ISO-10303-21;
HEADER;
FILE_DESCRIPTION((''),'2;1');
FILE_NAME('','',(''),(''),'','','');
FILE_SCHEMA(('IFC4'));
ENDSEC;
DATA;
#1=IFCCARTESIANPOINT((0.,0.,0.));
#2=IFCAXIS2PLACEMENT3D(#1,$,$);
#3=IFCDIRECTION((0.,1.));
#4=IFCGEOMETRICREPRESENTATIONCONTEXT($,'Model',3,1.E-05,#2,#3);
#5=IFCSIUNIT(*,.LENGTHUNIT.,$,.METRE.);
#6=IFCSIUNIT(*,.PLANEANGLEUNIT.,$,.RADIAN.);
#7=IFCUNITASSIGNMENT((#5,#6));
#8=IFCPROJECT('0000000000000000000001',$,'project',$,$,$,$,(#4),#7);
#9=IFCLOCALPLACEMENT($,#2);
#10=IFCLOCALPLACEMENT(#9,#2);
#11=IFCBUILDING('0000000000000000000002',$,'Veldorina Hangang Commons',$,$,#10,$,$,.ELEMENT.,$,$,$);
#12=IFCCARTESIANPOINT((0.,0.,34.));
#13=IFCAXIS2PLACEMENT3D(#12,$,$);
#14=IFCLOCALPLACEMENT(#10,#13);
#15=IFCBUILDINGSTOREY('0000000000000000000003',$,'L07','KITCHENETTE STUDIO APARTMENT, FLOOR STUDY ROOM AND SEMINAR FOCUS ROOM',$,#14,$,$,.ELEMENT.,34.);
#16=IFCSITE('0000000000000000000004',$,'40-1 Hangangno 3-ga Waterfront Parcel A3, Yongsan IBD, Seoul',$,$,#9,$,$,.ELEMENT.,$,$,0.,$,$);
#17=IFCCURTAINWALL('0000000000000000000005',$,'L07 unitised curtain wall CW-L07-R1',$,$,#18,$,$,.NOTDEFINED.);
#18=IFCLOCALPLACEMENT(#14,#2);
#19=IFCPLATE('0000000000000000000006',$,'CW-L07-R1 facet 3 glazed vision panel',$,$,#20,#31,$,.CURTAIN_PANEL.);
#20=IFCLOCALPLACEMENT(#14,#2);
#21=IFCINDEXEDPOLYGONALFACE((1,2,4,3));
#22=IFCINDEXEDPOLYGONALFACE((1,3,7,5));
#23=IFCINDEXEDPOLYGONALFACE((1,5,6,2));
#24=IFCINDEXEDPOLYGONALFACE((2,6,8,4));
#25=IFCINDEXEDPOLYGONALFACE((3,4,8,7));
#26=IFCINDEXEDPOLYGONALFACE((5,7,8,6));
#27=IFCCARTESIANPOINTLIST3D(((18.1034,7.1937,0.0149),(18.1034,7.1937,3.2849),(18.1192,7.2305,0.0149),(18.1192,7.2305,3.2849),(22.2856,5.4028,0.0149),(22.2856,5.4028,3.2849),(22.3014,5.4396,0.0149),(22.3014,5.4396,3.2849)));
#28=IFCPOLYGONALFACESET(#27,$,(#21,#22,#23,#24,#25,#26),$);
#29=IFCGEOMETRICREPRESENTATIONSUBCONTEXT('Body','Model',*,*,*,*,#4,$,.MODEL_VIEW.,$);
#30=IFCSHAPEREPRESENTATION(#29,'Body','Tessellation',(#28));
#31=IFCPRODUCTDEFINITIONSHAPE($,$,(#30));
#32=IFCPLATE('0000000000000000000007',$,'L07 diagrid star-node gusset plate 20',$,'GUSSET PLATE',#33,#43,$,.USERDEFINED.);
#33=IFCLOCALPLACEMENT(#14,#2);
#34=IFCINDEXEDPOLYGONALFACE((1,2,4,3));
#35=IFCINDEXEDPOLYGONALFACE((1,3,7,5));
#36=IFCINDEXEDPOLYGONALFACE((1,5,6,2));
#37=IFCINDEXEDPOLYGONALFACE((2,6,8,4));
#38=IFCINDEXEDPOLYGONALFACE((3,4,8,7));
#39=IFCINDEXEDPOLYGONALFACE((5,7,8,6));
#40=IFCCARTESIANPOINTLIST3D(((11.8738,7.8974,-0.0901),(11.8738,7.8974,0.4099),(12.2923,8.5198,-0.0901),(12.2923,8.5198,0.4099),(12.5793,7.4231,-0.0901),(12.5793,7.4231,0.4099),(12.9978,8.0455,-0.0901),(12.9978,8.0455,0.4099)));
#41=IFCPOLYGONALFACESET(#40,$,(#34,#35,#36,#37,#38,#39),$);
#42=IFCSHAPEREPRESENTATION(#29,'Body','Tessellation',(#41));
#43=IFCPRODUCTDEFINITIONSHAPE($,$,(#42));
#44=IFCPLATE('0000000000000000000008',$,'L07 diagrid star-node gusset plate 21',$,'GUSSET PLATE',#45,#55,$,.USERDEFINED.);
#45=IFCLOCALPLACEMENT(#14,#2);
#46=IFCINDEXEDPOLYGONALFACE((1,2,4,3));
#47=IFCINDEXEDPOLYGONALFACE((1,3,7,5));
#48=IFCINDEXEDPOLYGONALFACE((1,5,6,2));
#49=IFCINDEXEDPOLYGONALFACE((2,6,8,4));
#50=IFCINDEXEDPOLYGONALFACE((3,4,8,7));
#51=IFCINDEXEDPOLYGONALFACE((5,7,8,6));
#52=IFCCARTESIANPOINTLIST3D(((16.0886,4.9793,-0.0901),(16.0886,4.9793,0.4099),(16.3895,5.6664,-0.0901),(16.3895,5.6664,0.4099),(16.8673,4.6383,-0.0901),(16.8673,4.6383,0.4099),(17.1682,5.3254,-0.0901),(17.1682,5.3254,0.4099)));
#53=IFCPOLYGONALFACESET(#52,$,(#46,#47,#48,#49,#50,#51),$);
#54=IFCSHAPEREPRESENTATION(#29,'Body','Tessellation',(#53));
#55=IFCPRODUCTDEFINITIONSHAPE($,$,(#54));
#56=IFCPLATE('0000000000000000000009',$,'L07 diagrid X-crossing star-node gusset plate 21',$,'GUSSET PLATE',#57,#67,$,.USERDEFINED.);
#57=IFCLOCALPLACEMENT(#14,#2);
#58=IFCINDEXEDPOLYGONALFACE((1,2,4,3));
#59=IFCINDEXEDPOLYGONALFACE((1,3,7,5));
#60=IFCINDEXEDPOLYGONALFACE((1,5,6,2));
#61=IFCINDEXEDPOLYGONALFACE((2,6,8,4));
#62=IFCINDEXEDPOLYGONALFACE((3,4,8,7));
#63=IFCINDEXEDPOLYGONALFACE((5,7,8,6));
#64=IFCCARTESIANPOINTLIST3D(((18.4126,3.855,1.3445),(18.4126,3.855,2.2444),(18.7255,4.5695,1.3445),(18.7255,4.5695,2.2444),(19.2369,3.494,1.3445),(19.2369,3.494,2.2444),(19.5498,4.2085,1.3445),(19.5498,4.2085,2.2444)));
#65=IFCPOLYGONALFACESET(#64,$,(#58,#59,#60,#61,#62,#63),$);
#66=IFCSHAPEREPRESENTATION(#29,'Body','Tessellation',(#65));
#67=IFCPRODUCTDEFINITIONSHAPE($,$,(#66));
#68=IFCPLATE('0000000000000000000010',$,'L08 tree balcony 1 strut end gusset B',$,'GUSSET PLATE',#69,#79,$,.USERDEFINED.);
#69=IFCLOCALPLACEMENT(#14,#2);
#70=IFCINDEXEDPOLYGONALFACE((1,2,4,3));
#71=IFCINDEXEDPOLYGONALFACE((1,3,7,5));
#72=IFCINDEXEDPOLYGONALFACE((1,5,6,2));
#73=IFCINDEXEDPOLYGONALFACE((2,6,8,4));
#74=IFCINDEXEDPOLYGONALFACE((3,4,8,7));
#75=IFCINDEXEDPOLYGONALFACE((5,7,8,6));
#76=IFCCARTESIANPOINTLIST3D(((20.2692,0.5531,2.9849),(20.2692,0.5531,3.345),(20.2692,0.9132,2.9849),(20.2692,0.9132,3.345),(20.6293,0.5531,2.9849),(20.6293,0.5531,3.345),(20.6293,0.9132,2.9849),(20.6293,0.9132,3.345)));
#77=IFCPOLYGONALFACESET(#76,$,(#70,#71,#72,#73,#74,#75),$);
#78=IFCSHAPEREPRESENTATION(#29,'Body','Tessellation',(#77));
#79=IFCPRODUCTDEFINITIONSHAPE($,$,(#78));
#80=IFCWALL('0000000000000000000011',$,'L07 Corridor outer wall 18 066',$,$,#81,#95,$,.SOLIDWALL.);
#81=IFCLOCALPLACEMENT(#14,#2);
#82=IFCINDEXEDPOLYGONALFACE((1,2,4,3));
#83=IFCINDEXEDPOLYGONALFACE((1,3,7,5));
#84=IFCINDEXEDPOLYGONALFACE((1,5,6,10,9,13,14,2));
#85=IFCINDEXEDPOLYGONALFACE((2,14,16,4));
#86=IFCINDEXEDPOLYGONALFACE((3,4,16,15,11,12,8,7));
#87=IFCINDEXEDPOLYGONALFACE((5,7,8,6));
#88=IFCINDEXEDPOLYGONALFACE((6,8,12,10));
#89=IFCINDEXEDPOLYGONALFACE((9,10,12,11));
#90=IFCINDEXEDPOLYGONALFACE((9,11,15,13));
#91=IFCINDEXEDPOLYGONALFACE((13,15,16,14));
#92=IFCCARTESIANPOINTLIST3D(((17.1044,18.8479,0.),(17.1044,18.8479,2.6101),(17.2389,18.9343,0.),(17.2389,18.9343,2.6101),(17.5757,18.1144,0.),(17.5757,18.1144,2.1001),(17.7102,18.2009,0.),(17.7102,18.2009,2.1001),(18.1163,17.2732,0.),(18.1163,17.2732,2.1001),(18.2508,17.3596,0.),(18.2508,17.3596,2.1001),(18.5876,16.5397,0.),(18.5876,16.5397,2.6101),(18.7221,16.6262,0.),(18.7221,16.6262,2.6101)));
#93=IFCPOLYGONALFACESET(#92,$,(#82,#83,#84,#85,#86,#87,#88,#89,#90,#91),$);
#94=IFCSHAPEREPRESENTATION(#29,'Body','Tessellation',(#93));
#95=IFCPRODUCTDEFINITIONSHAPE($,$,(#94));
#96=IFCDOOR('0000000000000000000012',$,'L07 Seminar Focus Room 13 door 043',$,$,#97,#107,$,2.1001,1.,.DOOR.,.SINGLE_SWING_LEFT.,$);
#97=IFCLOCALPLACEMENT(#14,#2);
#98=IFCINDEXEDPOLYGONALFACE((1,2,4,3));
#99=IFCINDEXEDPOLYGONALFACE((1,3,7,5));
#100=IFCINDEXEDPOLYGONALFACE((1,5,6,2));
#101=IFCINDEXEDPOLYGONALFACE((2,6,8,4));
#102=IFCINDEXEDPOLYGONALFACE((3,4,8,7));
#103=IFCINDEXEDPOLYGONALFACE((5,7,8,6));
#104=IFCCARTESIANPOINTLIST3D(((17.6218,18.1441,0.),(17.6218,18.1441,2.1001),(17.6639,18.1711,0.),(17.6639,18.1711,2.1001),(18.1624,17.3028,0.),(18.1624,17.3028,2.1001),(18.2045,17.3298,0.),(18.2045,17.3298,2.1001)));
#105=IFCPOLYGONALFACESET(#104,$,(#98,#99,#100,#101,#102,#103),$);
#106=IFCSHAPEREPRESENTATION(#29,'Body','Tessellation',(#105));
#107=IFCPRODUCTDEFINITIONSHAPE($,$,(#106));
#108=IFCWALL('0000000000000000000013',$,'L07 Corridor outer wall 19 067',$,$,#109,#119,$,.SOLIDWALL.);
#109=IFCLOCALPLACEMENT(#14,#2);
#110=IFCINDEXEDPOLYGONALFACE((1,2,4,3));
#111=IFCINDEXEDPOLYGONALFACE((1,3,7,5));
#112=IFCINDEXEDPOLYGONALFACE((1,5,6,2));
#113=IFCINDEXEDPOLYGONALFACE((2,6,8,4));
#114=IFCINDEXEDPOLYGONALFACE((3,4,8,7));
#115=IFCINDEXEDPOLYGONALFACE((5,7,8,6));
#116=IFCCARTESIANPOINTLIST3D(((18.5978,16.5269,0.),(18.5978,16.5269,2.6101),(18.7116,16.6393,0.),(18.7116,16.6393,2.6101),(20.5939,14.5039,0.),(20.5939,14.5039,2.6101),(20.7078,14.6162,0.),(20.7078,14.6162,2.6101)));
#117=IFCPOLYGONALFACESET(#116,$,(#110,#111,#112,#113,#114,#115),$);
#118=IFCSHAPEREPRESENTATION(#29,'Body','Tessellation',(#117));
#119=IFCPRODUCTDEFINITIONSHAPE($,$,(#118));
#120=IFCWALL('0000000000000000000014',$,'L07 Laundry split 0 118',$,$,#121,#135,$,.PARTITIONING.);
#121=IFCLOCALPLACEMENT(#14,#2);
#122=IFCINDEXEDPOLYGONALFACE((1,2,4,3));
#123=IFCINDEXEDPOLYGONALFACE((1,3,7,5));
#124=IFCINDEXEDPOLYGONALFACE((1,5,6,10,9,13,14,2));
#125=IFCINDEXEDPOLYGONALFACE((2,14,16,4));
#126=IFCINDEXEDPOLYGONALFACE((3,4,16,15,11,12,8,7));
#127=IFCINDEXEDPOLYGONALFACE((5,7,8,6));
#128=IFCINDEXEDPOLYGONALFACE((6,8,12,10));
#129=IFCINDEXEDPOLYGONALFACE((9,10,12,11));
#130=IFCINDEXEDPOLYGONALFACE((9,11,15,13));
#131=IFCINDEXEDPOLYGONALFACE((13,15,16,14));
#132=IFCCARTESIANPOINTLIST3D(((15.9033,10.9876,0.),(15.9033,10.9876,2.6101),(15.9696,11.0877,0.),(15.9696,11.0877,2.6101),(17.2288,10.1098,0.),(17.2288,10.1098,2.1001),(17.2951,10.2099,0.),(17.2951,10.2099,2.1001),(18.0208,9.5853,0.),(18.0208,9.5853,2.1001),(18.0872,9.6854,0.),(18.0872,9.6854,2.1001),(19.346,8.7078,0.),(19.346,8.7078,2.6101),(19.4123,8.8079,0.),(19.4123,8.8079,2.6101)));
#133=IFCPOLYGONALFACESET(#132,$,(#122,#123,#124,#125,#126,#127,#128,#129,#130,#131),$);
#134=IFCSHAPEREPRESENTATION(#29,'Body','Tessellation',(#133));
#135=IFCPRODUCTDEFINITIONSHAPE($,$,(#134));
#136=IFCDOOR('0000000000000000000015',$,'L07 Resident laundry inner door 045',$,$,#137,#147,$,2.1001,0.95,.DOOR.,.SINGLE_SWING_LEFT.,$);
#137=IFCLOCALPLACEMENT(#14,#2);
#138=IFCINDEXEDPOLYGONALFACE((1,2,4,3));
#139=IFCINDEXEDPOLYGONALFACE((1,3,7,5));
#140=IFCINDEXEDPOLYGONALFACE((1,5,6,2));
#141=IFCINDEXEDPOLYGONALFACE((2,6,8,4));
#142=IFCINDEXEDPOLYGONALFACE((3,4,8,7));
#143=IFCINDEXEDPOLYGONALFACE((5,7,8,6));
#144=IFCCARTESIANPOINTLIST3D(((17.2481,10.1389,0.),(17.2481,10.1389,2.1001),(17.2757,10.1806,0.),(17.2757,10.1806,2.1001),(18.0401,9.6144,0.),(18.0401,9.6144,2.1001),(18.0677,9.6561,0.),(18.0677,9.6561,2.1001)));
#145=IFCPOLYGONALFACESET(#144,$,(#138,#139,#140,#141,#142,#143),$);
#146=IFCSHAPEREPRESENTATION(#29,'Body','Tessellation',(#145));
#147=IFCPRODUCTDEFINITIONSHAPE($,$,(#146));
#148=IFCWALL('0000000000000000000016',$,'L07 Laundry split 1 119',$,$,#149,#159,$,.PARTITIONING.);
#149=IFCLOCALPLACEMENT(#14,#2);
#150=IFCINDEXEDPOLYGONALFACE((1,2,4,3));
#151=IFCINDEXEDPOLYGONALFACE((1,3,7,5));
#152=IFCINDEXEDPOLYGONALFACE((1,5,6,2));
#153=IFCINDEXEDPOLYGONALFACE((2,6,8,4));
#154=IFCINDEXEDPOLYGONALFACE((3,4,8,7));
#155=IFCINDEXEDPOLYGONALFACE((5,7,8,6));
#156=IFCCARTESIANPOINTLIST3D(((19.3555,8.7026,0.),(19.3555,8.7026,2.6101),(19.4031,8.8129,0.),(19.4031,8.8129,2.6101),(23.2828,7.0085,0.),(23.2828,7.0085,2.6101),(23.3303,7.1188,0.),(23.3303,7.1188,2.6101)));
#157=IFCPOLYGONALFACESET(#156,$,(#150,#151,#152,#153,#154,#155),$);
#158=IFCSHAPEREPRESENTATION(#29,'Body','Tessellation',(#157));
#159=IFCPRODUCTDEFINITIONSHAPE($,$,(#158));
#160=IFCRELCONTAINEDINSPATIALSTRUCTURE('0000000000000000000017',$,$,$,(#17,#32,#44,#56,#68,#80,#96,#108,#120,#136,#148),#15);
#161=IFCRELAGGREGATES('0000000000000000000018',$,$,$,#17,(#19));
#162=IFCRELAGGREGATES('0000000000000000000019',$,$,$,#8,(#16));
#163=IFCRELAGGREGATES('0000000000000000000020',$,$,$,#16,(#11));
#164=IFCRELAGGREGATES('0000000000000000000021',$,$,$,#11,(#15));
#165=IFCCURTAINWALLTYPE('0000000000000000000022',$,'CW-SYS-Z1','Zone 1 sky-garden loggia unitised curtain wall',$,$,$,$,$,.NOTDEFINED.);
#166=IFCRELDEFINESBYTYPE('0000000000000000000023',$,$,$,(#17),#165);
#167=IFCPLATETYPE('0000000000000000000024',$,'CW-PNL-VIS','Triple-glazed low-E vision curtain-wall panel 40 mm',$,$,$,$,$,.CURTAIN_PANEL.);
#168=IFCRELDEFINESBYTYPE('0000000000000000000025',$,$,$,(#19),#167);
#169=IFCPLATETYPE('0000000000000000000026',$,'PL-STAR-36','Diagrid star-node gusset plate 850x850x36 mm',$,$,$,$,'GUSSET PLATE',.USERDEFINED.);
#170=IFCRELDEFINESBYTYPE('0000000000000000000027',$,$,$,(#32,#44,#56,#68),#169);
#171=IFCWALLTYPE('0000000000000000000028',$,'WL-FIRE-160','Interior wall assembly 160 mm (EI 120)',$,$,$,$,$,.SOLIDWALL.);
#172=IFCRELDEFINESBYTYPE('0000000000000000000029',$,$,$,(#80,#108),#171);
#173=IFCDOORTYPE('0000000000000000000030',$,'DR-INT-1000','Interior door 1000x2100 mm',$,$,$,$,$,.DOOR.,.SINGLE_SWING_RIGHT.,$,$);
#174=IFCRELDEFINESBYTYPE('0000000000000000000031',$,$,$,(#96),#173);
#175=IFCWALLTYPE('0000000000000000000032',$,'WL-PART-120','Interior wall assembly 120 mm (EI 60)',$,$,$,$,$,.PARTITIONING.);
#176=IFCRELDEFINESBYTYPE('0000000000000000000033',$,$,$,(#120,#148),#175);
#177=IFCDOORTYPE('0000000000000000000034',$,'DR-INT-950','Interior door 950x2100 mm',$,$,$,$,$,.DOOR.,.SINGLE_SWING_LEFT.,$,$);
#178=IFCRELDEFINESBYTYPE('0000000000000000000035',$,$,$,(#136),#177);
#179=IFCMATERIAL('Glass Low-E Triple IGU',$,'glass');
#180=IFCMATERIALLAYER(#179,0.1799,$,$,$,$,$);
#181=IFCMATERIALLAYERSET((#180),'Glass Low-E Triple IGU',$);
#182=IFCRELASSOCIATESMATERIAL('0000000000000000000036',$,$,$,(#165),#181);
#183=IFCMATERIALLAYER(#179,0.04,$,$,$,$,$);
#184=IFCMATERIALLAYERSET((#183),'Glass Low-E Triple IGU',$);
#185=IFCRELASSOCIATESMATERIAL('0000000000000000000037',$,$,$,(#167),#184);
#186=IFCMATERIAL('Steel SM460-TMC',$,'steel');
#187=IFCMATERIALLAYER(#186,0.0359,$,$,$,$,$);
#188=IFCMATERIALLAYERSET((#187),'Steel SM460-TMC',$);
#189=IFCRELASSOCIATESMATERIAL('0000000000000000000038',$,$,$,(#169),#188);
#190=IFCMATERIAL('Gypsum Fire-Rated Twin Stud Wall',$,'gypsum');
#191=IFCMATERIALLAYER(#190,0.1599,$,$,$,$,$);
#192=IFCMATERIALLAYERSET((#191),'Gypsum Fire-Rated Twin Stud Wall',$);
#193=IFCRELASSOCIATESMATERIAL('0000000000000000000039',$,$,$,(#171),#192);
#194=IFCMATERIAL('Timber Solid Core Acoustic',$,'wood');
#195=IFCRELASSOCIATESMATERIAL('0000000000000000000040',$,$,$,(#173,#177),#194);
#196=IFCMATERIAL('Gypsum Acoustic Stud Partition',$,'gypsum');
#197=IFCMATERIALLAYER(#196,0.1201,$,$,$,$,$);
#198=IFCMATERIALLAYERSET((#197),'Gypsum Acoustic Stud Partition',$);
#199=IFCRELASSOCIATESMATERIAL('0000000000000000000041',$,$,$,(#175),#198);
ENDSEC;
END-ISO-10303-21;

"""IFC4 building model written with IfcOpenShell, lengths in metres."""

from ifc_helpers import new_model, si_unit, direction, frame, frame_2d, origin, origin_2d, place, context, subcontext, project, spatial, rectangle, extrude, material, layer, layer_set, type_object, element, fill, aggregate, save


model = new_model("IFC4")

# Units and contexts
model_context = context("Model", 3, precision=1e-05, world=origin(), true_north=direction((0.0, 1.0)))
body_context = subcontext(model_context, "Body", "Model", "MODEL_VIEW")
ifc_project = project(units=[si_unit("LENGTHUNIT", "METRE"), si_unit("PLANEANGLEUNIT", "RADIAN")], contexts=[model_context])

# Site, building, storey
site_placement = place(None, origin())
site = spatial("IfcSite", under=ifc_project, at=site_placement, Name="40-1 Hangangno 3-ga Waterfront Parcel A3, Yongsan IBD, Seoul", CompositionType="ELEMENT", RefElevation=0.0)
building_placement = place(site_placement, origin())
building = spatial("IfcBuilding", under=site, at=building_placement, Name="Veldorina Hangang Commons", CompositionType="ELEMENT")
storey_placement = place(building_placement, frame((0.0, 0.0, 34.0)))
storey = spatial("IfcBuildingStorey", under=building, at=storey_placement, Name="L07", Description="KITCHENETTE STUDIO APARTMENT, FLOOR STUDY ROOM AND SEMINAR FOCUS ROOM", CompositionType="ELEMENT", Elevation=34.0)

# Shared definitions
ifc_material_1 = material(Name="Steel SM460-TMC", Category="steel")

# Curtain wall
ifc_material_2 = material(Name="Glass Low-E Triple IGU", Category="glass")
ifc_layer_1 = layer(ifc_material_2, 0.1799)
ifc_layer_set_1 = layer_set([ifc_layer_1], Name="Glass Low-E Triple IGU")
curtain_wall_type = type_object("IfcCurtainWallType", Name="CW-SYS-Z1", Description="Zone 1 sky-garden loggia unitised curtain wall", PredefinedType="NOTDEFINED", material=ifc_layer_set_1)
curtain_wall_placement = place(storey_placement, origin())
curtain_wall = element("IfcCurtainWall", 1, at=curtain_wall_placement, inside=storey, type_object=curtain_wall_type, Name="L07 unitised curtain wall CW-L07-R1", PredefinedType="NOTDEFINED")

# Plate
ifc_layer_2 = layer(ifc_material_2, 0.04)
ifc_layer_set_2 = layer_set([ifc_layer_2], Name="Glass Low-E Triple IGU")
plate_type_1 = type_object("IfcPlateType", Name="CW-PNL-VIS", Description="Triple-glazed low-E vision curtain-wall panel 40 mm", PredefinedType="CURTAIN_PANEL", material=ifc_layer_set_2)
plate_1_placement = place(storey_placement, frame((20.2024, 6.3167, 0.0149), z_axis=(0.0, 0.0, 1.0), x_axis=(0.919259, -0.393653, 0.0)))
plate_1 = element("IfcPlate", 2, at=plate_1_placement, type_object=plate_type_1, Name="CW-L07-R1 facet 3 glazed vision panel", PredefinedType="CURTAIN_PANEL", context=body_context, shape_type="SweptSolid", body=[
    extrude(rectangle(XDim=4.5496, YDim=0.04, at=origin_2d()), origin(), (0.0, 0.0, 1.0), 3.27),
])
aggregate(curtain_wall, [plate_1])

# Plates
ifc_layer_3 = layer(ifc_material_1, 0.0359)
ifc_layer_set_3 = layer_set([ifc_layer_3], Name="Steel SM460-TMC")
plate_type_2 = type_object("IfcPlateType", Name="PL-STAR-36", Description="Diagrid star-node gusset plate 850x850x36 mm", ElementType="GUSSET PLATE", PredefinedType="USERDEFINED", material=ifc_layer_set_3)
for number, where, z_axis, x_axis, name in (
    (3, (12.4358, 7.9714, -0.0901), (0.0, 0.0, 1.0), (0.829857, -0.557977, 0.0), "L07 diagrid star-node gusset plate 20"),
    (4, (16.6284, 5.1523, -0.0901), (0.0, 0.0, 1.0), (0.91602, -0.401133, 0.0), "L07 diagrid star-node gusset plate 21"),
):
    element("IfcPlate", number, at=place(storey_placement, frame(where, z_axis=z_axis, x_axis=x_axis)), inside=storey, type_object=plate_type_2, Name=name, ObjectType="GUSSET PLATE", PredefinedType="USERDEFINED", context=body_context, shape_type="SweptSolid", body=[
        extrude(rectangle(XDim=0.8501, YDim=0.75, at=origin_2d()), origin(), (0.0, 0.0, 1.0), 0.5),
    ])
plate_2_placement = place(storey_placement, frame((18.9812, 4.0317, 1.3445), z_axis=(0.0, 0.0, 1.0), x_axis=(0.91602, -0.401133, 0.0)))
element("IfcPlate", 5, at=plate_2_placement, inside=storey, type_object=plate_type_2, Name="L07 diagrid X-crossing star-node gusset plate 21", ObjectType="GUSSET PLATE", PredefinedType="USERDEFINED", context=body_context, shape_type="SweptSolid", body=[
    extrude(rectangle(XDim=0.8999, YDim=0.78, at=origin_2d()), origin(), (0.0, 0.0, 1.0), 0.8999),
])
plate_3_placement = place(storey_placement, frame((20.4492, 0.7332, 2.9849), z_axis=(0.0, 0.0, 1.0), x_axis=(1.0, 0.0, 0.0)))
element("IfcPlate", 6, at=plate_3_placement, inside=storey, type_object=plate_type_2, Name="L08 tree balcony 1 strut end gusset B", ObjectType="GUSSET PLATE", PredefinedType="USERDEFINED", context=body_context, shape_type="SweptSolid", body=[
    extrude(rectangle(XDim=0.3601, YDim=0.3601, at=origin_2d()), origin(), (0.0, 0.0, 1.0), 0.3601),
])

# Wall, opening, door
ifc_material_3 = material(Name="Gypsum Fire-Rated Twin Stud Wall", Category="gypsum")
ifc_layer_4 = layer(ifc_material_3, 0.1599)
ifc_layer_set_4 = layer_set([ifc_layer_4], Name="Gypsum Fire-Rated Twin Stud Wall")
wall_type_1 = type_object("IfcWallType", Name="WL-FIRE-160", Description="Interior wall assembly 160 mm (EI 120)", PredefinedType="SOLIDWALL", material=ifc_layer_set_4)
wall_1_placement = place(storey_placement, frame((17.1716, 18.8911, 0.0), z_axis=(0.0, 0.0, 1.0), x_axis=(0.540596, -0.841283, 0.0)))
wall_1 = element("IfcWall", 7, at=wall_1_placement, inside=storey, type_object=wall_type_1, Name="L07 Corridor outer wall 18 066", PredefinedType="SOLIDWALL", context=body_context, shape_type="SweptSolid", body=[
    extrude(rectangle(XDim=2.7437, YDim=0.1599, at=frame_2d((1.3718, 0.0))), origin(), (0.0, 0.0, 1.0), 2.6101),
])
opening_1_placement = place(wall_1_placement, frame((0.8718, 0.0, 0.0)))
opening_1 = element("IfcOpeningElement", 8, at=opening_1_placement, cuts=wall_1, PredefinedType="OPENING", context=body_context, shape_type="SweptSolid", body=[
    extrude(rectangle(XDim=1.0, YDim=2.1001, at=frame_2d((0.5, 1.05))), frame((0.0, 0.0898, 0.0), z_axis=(0.0, -1.0, 0.0), x_axis=(1.0, 0.0, 0.0)), (0.0, 0.0, 1.0), 0.1799),
])
ifc_material_4 = material(Name="Timber Solid Core Acoustic", Category="wood")
door_type_1 = type_object("IfcDoorType", Name="DR-INT-1000", Description="Interior door 1000x2100 mm", OperationType="SINGLE_SWING_RIGHT", PredefinedType="DOOR", material=ifc_material_4)
door_1_placement = place(opening_1_placement, origin())
door_1 = element("IfcDoor", 9, at=door_1_placement, inside=storey, type_object=door_type_1, Name="L07 Seminar Focus Room 13 door 043", OperationType="SINGLE_SWING_LEFT", OverallHeight=2.1001, OverallWidth=1.0, PredefinedType="DOOR", context=body_context, shape_type="SweptSolid", body=[
    extrude(rectangle(XDim=1.0, YDim=2.1001, at=frame_2d((0.5, 1.05))), frame((0.0, 0.0249, 0.0), z_axis=(0.0, -1.0, 0.0), x_axis=(1.0, 0.0, 0.0)), (0.0, 0.0, 1.0), 0.05),
])
fill(opening_1, door_1)

# Wall
wall_2_placement = place(storey_placement, frame((18.6548, 16.583, 0.0), z_axis=(0.0, 0.0, 1.0), x_axis=(0.702366, -0.711816, 0.0)))
element("IfcWall", 10, at=wall_2_placement, inside=storey, type_object=wall_type_1, Name="L07 Corridor outer wall 19 067", PredefinedType="SOLIDWALL", context=body_context, shape_type="SweptSolid", body=[
    extrude(rectangle(XDim=2.842, YDim=0.1599, at=frame_2d((1.4209, 0.0))), origin(), (0.0, 0.0, 1.0), 2.6101),
])

# Wall, opening, door
ifc_material_5 = material(Name="Gypsum Acoustic Stud Partition", Category="gypsum")
ifc_layer_5 = layer(ifc_material_5, 0.1201)
ifc_layer_set_5 = layer_set([ifc_layer_5], Name="Gypsum Acoustic Stud Partition")
wall_type_2 = type_object("IfcWallType", Name="WL-PART-120", Description="Interior wall assembly 120 mm (EI 60)", PredefinedType="PARTITIONING", material=ifc_layer_set_5)
wall_3_placement = place(storey_placement, frame((15.9365, 11.0376, 0.0), z_axis=(0.0, 0.0, 1.0), x_axis=(0.833756, -0.552132, 0.0)))
wall_3 = element("IfcWall", 11, at=wall_3_placement, inside=storey, type_object=wall_type_2, Name="L07 Laundry split 0 118", PredefinedType="PARTITIONING", context=body_context, shape_type="SweptSolid", body=[
    extrude(rectangle(XDim=4.1292, YDim=0.1201, at=frame_2d((2.0645, 0.0))), origin(), (0.0, 0.0, 1.0), 2.6101),
])
opening_2_placement = place(wall_3_placement, frame((1.5896, 0.0, 0.0)))
opening_2 = element("IfcOpeningElement", 12, at=opening_2_placement, cuts=wall_3, PredefinedType="OPENING", context=body_context, shape_type="SweptSolid", body=[
    extrude(rectangle(XDim=0.95, YDim=2.1001, at=frame_2d((0.4751, 1.05))), frame((0.0, 0.0701, 0.0), z_axis=(0.0, -1.0, 0.0), x_axis=(1.0, 0.0, 0.0)), (0.0, 0.0, 1.0), 0.1401),
])
door_type_2 = type_object("IfcDoorType", Name="DR-INT-950", Description="Interior door 950x2100 mm", OperationType="SINGLE_SWING_LEFT", PredefinedType="DOOR", material=ifc_material_4)
door_2_placement = place(opening_2_placement, origin())
door_2 = element("IfcDoor", 13, at=door_2_placement, inside=storey, type_object=door_type_2, Name="L07 Resident laundry inner door 045", OperationType="SINGLE_SWING_LEFT", OverallHeight=2.1001, OverallWidth=0.95, PredefinedType="DOOR", context=body_context, shape_type="SweptSolid", body=[
    extrude(rectangle(XDim=0.95, YDim=2.1001, at=frame_2d((0.4751, 1.05))), frame((0.0, 0.0249, 0.0), z_axis=(0.0, -1.0, 0.0), x_axis=(1.0, 0.0, 0.0)), (0.0, 0.0, 1.0), 0.05),
])
fill(opening_2, door_2)

# Wall
wall_4_placement = place(storey_placement, frame((19.3792, 8.7578, 0.0), z_axis=(0.0, 0.0, 1.0), x_axis=(0.918212, -0.396088, 0.0)))
element("IfcWall", 14, at=wall_4_placement, inside=storey, type_object=wall_type_2, Name="L07 Laundry split 1 119", PredefinedType="PARTITIONING", context=body_context, shape_type="SweptSolid", body=[
    extrude(rectangle(XDim=4.2771, YDim=0.1201, at=frame_2d((2.1387, 0.0))), origin(), (0.0, 0.0, 1.0), 2.6101),
])

save(model, "model.ifc")
